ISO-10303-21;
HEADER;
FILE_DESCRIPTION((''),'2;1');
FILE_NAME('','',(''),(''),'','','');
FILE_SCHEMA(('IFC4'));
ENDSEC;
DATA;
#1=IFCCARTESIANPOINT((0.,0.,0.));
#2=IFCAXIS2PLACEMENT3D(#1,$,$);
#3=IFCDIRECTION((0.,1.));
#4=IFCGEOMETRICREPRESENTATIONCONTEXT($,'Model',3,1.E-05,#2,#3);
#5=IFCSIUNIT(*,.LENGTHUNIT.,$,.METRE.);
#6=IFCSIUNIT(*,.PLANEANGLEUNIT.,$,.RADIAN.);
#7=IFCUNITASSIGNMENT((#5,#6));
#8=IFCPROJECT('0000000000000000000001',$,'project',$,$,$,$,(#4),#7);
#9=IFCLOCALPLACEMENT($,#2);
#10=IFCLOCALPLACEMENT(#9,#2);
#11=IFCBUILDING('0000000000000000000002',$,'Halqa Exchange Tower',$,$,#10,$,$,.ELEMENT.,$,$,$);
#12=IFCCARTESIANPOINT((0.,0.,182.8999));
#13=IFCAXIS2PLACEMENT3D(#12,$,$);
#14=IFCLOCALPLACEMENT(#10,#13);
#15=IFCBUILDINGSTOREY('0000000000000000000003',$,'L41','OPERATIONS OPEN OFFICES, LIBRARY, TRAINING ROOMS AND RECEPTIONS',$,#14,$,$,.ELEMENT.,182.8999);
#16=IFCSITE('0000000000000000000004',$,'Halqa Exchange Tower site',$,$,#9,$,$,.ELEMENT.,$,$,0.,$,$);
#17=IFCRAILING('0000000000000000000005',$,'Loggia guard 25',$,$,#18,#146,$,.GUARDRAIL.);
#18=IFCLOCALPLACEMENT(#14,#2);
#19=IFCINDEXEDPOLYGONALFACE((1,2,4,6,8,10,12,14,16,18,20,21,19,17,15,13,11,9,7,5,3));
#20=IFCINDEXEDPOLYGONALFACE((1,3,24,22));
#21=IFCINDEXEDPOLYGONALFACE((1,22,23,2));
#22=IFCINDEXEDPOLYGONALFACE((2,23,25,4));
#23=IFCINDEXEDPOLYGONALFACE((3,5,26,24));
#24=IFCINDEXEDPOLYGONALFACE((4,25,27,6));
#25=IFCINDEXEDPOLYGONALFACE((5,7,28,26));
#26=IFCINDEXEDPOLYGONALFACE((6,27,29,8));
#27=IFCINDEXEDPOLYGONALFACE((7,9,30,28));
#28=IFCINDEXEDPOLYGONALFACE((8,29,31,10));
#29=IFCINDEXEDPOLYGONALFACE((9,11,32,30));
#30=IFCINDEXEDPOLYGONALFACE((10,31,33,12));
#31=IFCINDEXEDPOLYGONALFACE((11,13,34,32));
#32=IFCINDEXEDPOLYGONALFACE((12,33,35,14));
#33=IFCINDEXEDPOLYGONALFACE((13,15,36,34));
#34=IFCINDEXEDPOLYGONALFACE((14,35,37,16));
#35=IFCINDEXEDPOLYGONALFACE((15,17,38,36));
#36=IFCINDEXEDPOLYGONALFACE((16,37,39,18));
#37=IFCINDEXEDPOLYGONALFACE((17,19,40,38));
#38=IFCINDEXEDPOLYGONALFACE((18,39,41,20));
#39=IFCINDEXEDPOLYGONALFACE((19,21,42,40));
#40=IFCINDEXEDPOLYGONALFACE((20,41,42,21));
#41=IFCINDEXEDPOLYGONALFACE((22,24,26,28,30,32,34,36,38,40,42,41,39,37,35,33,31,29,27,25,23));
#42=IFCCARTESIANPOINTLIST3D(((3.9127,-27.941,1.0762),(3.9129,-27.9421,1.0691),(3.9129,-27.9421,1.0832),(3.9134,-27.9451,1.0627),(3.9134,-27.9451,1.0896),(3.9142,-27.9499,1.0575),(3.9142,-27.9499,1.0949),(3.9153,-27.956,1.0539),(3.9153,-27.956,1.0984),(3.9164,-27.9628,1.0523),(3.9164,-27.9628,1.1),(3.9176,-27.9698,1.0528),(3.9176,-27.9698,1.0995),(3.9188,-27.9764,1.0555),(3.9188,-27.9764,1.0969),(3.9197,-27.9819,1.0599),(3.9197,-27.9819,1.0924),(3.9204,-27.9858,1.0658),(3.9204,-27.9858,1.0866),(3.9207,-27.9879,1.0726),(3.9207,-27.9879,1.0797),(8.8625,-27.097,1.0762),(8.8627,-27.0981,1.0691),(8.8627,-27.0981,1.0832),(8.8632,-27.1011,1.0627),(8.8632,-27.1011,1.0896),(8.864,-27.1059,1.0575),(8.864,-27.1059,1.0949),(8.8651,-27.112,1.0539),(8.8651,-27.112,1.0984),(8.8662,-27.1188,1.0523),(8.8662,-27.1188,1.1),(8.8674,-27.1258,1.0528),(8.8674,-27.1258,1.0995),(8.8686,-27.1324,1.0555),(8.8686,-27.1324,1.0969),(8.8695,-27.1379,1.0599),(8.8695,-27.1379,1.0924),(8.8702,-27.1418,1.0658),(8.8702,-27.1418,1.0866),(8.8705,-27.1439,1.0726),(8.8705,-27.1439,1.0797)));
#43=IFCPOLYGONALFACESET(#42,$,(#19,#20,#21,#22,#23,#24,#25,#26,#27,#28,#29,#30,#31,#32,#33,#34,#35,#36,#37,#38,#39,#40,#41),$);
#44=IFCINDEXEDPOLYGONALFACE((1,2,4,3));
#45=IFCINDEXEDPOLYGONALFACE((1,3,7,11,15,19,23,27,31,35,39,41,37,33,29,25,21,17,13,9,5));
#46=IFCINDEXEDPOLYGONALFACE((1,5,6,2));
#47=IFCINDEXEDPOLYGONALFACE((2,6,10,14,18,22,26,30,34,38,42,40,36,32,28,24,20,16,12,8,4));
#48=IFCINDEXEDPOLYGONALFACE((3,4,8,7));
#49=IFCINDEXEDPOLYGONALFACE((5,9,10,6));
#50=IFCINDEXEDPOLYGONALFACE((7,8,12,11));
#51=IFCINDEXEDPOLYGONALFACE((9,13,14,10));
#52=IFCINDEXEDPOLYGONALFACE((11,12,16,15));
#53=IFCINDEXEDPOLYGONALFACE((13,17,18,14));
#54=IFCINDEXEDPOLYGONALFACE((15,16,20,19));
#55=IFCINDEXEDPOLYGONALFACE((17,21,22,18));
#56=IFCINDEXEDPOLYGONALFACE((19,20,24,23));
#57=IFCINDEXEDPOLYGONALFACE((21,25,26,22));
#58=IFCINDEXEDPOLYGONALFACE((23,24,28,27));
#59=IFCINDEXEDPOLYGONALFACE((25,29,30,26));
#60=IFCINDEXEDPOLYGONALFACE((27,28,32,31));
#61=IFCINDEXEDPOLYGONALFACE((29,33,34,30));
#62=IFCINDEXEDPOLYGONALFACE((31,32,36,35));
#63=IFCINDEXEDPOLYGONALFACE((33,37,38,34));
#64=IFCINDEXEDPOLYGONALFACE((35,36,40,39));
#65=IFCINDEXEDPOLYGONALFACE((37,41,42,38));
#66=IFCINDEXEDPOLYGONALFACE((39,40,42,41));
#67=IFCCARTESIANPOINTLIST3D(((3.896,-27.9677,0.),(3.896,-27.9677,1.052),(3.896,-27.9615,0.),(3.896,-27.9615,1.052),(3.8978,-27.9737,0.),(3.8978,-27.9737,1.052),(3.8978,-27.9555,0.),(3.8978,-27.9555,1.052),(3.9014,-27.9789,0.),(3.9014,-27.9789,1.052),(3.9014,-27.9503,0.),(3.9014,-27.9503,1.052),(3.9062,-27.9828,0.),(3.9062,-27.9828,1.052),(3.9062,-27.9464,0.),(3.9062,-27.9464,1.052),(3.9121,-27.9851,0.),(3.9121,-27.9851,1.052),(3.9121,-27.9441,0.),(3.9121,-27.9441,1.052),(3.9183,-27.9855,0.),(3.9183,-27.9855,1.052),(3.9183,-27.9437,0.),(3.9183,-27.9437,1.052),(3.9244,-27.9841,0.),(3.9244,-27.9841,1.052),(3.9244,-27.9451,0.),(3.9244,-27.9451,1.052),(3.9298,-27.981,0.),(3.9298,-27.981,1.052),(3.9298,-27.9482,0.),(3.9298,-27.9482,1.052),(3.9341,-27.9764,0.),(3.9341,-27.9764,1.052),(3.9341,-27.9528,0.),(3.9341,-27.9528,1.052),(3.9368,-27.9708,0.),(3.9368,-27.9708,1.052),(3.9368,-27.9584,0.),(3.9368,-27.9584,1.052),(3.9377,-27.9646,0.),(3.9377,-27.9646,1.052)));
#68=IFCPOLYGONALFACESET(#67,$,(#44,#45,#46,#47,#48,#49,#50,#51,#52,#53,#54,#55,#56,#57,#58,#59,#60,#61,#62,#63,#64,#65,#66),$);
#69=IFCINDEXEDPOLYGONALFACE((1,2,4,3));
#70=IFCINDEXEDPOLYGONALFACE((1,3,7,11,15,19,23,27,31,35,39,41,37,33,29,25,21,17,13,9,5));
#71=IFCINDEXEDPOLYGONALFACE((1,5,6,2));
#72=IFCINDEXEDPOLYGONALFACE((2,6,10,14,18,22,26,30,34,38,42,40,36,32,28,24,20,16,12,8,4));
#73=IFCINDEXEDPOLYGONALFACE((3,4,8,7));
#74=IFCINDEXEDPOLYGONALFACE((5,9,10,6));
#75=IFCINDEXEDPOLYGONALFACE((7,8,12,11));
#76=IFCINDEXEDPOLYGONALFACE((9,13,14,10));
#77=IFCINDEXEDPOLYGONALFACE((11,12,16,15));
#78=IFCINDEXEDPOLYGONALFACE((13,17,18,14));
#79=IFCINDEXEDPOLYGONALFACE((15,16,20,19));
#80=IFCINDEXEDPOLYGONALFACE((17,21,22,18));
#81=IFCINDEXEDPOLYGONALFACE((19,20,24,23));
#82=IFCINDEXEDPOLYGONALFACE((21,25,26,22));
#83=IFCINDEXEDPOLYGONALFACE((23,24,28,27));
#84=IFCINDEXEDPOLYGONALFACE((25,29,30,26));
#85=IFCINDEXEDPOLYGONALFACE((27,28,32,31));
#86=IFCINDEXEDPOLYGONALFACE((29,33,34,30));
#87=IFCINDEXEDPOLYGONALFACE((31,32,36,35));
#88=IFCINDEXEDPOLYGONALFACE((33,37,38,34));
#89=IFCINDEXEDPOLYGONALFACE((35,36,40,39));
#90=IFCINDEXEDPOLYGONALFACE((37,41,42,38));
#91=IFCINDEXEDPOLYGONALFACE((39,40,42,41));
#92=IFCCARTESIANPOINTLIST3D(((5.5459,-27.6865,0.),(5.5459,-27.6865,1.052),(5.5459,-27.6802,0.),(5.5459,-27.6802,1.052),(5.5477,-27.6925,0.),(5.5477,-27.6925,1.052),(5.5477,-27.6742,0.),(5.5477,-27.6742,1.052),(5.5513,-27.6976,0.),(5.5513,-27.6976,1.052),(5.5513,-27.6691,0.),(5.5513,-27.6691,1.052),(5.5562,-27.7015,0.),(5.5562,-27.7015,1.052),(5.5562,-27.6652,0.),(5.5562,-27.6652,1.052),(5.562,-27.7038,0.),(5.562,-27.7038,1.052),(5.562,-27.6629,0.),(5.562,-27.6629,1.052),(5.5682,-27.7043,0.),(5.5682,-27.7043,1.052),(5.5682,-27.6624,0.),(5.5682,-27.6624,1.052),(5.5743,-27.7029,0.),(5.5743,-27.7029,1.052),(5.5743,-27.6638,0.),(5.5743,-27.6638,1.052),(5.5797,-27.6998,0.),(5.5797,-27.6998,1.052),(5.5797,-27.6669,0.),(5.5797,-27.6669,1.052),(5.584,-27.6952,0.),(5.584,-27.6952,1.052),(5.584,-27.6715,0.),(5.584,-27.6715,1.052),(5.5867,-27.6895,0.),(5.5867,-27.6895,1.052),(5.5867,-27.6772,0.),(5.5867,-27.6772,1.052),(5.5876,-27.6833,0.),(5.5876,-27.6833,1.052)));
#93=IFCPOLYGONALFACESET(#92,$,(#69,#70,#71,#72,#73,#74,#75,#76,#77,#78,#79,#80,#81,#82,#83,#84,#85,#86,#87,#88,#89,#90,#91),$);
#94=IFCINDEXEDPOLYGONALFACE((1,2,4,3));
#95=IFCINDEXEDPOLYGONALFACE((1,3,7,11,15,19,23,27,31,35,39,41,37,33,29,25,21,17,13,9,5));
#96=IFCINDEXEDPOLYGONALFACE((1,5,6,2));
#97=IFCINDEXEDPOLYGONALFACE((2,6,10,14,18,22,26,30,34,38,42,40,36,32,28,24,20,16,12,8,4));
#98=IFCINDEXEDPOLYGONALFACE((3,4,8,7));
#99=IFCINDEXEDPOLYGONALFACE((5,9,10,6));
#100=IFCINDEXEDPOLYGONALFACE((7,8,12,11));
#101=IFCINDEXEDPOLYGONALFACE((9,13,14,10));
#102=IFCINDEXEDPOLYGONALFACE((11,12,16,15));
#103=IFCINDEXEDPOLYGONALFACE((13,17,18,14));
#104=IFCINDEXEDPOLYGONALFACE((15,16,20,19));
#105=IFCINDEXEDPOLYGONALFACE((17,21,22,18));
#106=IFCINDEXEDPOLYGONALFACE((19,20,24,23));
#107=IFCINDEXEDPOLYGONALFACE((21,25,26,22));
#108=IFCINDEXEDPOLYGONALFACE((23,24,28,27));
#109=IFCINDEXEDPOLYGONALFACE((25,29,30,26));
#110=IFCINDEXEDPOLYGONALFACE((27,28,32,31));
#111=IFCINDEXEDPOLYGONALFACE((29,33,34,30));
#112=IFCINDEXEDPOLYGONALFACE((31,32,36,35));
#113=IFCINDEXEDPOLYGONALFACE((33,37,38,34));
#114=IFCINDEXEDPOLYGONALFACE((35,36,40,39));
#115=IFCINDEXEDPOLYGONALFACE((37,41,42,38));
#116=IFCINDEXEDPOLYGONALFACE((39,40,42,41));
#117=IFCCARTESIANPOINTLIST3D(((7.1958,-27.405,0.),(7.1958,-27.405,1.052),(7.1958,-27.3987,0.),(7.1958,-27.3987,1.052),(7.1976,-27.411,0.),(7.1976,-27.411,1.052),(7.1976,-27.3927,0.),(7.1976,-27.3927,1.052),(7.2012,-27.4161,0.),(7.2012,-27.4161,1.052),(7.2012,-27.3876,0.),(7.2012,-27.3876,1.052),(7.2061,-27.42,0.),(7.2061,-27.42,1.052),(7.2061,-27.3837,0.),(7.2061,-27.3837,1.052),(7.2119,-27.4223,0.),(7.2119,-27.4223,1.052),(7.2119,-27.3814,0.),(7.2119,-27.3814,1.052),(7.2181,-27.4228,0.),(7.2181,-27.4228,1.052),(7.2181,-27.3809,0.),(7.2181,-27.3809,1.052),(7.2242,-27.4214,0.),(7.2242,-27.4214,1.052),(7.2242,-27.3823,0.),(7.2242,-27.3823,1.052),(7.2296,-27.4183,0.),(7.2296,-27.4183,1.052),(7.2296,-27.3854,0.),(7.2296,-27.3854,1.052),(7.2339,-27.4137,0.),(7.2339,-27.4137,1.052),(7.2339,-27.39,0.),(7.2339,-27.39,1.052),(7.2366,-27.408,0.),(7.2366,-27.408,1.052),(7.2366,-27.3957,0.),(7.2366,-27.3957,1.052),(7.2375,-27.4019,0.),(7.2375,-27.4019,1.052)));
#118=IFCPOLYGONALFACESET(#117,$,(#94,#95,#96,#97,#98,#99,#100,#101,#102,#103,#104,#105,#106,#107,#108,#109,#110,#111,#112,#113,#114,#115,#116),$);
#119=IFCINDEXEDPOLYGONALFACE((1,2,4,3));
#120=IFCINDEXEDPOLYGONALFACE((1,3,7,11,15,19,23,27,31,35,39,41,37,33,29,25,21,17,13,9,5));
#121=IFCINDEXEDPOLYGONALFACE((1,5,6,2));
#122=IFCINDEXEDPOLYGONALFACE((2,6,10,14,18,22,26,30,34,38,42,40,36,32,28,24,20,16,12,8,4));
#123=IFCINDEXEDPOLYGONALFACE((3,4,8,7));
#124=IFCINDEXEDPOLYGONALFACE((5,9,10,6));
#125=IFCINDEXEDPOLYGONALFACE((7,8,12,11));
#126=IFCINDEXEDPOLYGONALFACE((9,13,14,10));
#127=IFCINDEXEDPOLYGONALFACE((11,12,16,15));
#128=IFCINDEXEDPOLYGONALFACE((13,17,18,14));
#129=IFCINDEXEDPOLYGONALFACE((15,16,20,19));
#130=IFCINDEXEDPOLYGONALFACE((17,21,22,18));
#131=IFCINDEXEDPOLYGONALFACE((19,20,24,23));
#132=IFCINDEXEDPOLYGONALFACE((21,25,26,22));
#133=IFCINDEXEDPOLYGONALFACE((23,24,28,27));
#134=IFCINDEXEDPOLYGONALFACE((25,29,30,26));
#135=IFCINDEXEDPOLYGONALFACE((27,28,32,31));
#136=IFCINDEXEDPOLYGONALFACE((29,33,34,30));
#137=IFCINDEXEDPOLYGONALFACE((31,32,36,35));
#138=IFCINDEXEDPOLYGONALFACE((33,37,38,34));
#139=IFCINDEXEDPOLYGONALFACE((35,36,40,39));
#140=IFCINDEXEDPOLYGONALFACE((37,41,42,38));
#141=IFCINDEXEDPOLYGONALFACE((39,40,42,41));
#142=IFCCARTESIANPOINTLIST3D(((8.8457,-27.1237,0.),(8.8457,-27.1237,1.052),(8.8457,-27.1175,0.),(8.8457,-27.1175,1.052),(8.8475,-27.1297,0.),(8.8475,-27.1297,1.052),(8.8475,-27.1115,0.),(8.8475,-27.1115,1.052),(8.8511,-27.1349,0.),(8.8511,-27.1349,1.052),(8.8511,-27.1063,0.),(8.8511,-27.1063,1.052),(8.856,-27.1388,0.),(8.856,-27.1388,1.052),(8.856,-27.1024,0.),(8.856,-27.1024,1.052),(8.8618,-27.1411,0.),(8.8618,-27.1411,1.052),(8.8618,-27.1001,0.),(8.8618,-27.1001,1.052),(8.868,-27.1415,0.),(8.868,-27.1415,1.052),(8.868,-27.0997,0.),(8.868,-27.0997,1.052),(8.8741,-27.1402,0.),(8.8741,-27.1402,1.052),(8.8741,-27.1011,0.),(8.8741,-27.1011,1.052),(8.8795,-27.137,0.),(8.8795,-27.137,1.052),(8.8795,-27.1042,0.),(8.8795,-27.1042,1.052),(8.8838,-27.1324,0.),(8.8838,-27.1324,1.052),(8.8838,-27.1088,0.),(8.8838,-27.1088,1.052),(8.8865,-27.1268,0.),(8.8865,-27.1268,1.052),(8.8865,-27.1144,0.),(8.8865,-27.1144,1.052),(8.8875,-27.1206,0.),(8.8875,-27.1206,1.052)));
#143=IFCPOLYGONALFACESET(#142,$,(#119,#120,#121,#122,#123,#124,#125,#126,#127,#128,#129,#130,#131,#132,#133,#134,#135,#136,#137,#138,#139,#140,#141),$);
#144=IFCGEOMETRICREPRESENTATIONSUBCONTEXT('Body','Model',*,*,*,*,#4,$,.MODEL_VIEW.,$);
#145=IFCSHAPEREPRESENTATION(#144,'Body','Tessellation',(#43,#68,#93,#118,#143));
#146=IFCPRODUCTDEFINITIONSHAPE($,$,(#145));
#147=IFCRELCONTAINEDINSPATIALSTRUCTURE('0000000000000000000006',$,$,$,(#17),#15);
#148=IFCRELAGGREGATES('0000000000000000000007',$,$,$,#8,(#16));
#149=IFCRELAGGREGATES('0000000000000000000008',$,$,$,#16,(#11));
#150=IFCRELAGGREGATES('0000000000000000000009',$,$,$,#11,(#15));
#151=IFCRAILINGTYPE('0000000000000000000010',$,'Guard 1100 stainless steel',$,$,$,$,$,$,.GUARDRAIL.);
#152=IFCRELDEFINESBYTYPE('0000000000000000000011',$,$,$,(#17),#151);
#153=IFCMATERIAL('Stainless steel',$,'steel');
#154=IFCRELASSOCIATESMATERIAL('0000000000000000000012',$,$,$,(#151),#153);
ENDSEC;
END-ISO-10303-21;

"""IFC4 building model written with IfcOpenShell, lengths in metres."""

from ifc_helpers import new_model, si_unit, direction, frame, origin, origin_2d, place, context, subcontext, project, spatial, circle, extrude, material, type_object, element, save


model = new_model("IFC4")

# Units and contexts
model_context = context("Model", 3, precision=1e-05, world=origin(), true_north=direction((0.0, 1.0)))
body_context = subcontext(model_context, "Body", "Model", "MODEL_VIEW")
ifc_project = project(units=[si_unit("LENGTHUNIT", "METRE"), si_unit("PLANEANGLEUNIT", "RADIAN")], contexts=[model_context])

# Site, building, storey
site_placement = place(None, origin())
site = spatial("IfcSite", under=ifc_project, at=site_placement, Name="Halqa Exchange Tower site", CompositionType="ELEMENT", RefElevation=0.0)
building_placement = place(site_placement, origin())
building = spatial("IfcBuilding", under=site, at=building_placement, Name="Halqa Exchange Tower", CompositionType="ELEMENT")
storey_placement = place(building_placement, frame((0.0, 0.0, 182.8999)))
storey = spatial("IfcBuildingStorey", under=building, at=storey_placement, Name="L41", Description="OPERATIONS OPEN OFFICES, LIBRARY, TRAINING ROOMS AND RECEPTIONS", CompositionType="ELEMENT", Elevation=182.8999)

# Railing
ifc_material_1 = material(Name="Stainless steel", Category="steel")
railing_type = type_object("IfcRailingType", Name="Guard 1100 stainless steel", PredefinedType="GUARDRAIL", material=ifc_material_1)
railing_1_placement = place(storey_placement, frame((3.9167, -27.9646, 0.0)))
element("IfcRailing", 1, at=railing_1_placement, inside=storey, type_object=railing_type, Name="Loggia guard 25", PredefinedType="GUARDRAIL", context=body_context, shape_type="SweptSolid", body=[
    extrude(circle(Radius=0.0239, at=origin_2d()), frame((0.0, 0.0, 1.0762), z_axis=(0.985772, 0.168088, 0.0), x_axis=(-0.168088, 0.985772, 0.0)), (0.0, 0.0, 1.0), 5.0212),
    extrude(circle(Radius=0.021, at=origin_2d()), origin(), (0.0, 0.0, 1.0), 1.052),
    extrude(circle(Radius=0.021, at=origin_2d()), frame((1.6499, 0.2812, 0.0)), (0.0, 0.0, 1.0), 1.052),
    extrude(circle(Radius=0.021, at=origin_2d()), frame((3.2998, 0.5627, 0.0)), (0.0, 0.0, 1.0), 1.052),
    extrude(circle(Radius=0.021, at=origin_2d()), frame((4.9497, 0.844, 0.0)), (0.0, 0.0, 1.0), 1.052),
])

save(model, "model.ifc")
